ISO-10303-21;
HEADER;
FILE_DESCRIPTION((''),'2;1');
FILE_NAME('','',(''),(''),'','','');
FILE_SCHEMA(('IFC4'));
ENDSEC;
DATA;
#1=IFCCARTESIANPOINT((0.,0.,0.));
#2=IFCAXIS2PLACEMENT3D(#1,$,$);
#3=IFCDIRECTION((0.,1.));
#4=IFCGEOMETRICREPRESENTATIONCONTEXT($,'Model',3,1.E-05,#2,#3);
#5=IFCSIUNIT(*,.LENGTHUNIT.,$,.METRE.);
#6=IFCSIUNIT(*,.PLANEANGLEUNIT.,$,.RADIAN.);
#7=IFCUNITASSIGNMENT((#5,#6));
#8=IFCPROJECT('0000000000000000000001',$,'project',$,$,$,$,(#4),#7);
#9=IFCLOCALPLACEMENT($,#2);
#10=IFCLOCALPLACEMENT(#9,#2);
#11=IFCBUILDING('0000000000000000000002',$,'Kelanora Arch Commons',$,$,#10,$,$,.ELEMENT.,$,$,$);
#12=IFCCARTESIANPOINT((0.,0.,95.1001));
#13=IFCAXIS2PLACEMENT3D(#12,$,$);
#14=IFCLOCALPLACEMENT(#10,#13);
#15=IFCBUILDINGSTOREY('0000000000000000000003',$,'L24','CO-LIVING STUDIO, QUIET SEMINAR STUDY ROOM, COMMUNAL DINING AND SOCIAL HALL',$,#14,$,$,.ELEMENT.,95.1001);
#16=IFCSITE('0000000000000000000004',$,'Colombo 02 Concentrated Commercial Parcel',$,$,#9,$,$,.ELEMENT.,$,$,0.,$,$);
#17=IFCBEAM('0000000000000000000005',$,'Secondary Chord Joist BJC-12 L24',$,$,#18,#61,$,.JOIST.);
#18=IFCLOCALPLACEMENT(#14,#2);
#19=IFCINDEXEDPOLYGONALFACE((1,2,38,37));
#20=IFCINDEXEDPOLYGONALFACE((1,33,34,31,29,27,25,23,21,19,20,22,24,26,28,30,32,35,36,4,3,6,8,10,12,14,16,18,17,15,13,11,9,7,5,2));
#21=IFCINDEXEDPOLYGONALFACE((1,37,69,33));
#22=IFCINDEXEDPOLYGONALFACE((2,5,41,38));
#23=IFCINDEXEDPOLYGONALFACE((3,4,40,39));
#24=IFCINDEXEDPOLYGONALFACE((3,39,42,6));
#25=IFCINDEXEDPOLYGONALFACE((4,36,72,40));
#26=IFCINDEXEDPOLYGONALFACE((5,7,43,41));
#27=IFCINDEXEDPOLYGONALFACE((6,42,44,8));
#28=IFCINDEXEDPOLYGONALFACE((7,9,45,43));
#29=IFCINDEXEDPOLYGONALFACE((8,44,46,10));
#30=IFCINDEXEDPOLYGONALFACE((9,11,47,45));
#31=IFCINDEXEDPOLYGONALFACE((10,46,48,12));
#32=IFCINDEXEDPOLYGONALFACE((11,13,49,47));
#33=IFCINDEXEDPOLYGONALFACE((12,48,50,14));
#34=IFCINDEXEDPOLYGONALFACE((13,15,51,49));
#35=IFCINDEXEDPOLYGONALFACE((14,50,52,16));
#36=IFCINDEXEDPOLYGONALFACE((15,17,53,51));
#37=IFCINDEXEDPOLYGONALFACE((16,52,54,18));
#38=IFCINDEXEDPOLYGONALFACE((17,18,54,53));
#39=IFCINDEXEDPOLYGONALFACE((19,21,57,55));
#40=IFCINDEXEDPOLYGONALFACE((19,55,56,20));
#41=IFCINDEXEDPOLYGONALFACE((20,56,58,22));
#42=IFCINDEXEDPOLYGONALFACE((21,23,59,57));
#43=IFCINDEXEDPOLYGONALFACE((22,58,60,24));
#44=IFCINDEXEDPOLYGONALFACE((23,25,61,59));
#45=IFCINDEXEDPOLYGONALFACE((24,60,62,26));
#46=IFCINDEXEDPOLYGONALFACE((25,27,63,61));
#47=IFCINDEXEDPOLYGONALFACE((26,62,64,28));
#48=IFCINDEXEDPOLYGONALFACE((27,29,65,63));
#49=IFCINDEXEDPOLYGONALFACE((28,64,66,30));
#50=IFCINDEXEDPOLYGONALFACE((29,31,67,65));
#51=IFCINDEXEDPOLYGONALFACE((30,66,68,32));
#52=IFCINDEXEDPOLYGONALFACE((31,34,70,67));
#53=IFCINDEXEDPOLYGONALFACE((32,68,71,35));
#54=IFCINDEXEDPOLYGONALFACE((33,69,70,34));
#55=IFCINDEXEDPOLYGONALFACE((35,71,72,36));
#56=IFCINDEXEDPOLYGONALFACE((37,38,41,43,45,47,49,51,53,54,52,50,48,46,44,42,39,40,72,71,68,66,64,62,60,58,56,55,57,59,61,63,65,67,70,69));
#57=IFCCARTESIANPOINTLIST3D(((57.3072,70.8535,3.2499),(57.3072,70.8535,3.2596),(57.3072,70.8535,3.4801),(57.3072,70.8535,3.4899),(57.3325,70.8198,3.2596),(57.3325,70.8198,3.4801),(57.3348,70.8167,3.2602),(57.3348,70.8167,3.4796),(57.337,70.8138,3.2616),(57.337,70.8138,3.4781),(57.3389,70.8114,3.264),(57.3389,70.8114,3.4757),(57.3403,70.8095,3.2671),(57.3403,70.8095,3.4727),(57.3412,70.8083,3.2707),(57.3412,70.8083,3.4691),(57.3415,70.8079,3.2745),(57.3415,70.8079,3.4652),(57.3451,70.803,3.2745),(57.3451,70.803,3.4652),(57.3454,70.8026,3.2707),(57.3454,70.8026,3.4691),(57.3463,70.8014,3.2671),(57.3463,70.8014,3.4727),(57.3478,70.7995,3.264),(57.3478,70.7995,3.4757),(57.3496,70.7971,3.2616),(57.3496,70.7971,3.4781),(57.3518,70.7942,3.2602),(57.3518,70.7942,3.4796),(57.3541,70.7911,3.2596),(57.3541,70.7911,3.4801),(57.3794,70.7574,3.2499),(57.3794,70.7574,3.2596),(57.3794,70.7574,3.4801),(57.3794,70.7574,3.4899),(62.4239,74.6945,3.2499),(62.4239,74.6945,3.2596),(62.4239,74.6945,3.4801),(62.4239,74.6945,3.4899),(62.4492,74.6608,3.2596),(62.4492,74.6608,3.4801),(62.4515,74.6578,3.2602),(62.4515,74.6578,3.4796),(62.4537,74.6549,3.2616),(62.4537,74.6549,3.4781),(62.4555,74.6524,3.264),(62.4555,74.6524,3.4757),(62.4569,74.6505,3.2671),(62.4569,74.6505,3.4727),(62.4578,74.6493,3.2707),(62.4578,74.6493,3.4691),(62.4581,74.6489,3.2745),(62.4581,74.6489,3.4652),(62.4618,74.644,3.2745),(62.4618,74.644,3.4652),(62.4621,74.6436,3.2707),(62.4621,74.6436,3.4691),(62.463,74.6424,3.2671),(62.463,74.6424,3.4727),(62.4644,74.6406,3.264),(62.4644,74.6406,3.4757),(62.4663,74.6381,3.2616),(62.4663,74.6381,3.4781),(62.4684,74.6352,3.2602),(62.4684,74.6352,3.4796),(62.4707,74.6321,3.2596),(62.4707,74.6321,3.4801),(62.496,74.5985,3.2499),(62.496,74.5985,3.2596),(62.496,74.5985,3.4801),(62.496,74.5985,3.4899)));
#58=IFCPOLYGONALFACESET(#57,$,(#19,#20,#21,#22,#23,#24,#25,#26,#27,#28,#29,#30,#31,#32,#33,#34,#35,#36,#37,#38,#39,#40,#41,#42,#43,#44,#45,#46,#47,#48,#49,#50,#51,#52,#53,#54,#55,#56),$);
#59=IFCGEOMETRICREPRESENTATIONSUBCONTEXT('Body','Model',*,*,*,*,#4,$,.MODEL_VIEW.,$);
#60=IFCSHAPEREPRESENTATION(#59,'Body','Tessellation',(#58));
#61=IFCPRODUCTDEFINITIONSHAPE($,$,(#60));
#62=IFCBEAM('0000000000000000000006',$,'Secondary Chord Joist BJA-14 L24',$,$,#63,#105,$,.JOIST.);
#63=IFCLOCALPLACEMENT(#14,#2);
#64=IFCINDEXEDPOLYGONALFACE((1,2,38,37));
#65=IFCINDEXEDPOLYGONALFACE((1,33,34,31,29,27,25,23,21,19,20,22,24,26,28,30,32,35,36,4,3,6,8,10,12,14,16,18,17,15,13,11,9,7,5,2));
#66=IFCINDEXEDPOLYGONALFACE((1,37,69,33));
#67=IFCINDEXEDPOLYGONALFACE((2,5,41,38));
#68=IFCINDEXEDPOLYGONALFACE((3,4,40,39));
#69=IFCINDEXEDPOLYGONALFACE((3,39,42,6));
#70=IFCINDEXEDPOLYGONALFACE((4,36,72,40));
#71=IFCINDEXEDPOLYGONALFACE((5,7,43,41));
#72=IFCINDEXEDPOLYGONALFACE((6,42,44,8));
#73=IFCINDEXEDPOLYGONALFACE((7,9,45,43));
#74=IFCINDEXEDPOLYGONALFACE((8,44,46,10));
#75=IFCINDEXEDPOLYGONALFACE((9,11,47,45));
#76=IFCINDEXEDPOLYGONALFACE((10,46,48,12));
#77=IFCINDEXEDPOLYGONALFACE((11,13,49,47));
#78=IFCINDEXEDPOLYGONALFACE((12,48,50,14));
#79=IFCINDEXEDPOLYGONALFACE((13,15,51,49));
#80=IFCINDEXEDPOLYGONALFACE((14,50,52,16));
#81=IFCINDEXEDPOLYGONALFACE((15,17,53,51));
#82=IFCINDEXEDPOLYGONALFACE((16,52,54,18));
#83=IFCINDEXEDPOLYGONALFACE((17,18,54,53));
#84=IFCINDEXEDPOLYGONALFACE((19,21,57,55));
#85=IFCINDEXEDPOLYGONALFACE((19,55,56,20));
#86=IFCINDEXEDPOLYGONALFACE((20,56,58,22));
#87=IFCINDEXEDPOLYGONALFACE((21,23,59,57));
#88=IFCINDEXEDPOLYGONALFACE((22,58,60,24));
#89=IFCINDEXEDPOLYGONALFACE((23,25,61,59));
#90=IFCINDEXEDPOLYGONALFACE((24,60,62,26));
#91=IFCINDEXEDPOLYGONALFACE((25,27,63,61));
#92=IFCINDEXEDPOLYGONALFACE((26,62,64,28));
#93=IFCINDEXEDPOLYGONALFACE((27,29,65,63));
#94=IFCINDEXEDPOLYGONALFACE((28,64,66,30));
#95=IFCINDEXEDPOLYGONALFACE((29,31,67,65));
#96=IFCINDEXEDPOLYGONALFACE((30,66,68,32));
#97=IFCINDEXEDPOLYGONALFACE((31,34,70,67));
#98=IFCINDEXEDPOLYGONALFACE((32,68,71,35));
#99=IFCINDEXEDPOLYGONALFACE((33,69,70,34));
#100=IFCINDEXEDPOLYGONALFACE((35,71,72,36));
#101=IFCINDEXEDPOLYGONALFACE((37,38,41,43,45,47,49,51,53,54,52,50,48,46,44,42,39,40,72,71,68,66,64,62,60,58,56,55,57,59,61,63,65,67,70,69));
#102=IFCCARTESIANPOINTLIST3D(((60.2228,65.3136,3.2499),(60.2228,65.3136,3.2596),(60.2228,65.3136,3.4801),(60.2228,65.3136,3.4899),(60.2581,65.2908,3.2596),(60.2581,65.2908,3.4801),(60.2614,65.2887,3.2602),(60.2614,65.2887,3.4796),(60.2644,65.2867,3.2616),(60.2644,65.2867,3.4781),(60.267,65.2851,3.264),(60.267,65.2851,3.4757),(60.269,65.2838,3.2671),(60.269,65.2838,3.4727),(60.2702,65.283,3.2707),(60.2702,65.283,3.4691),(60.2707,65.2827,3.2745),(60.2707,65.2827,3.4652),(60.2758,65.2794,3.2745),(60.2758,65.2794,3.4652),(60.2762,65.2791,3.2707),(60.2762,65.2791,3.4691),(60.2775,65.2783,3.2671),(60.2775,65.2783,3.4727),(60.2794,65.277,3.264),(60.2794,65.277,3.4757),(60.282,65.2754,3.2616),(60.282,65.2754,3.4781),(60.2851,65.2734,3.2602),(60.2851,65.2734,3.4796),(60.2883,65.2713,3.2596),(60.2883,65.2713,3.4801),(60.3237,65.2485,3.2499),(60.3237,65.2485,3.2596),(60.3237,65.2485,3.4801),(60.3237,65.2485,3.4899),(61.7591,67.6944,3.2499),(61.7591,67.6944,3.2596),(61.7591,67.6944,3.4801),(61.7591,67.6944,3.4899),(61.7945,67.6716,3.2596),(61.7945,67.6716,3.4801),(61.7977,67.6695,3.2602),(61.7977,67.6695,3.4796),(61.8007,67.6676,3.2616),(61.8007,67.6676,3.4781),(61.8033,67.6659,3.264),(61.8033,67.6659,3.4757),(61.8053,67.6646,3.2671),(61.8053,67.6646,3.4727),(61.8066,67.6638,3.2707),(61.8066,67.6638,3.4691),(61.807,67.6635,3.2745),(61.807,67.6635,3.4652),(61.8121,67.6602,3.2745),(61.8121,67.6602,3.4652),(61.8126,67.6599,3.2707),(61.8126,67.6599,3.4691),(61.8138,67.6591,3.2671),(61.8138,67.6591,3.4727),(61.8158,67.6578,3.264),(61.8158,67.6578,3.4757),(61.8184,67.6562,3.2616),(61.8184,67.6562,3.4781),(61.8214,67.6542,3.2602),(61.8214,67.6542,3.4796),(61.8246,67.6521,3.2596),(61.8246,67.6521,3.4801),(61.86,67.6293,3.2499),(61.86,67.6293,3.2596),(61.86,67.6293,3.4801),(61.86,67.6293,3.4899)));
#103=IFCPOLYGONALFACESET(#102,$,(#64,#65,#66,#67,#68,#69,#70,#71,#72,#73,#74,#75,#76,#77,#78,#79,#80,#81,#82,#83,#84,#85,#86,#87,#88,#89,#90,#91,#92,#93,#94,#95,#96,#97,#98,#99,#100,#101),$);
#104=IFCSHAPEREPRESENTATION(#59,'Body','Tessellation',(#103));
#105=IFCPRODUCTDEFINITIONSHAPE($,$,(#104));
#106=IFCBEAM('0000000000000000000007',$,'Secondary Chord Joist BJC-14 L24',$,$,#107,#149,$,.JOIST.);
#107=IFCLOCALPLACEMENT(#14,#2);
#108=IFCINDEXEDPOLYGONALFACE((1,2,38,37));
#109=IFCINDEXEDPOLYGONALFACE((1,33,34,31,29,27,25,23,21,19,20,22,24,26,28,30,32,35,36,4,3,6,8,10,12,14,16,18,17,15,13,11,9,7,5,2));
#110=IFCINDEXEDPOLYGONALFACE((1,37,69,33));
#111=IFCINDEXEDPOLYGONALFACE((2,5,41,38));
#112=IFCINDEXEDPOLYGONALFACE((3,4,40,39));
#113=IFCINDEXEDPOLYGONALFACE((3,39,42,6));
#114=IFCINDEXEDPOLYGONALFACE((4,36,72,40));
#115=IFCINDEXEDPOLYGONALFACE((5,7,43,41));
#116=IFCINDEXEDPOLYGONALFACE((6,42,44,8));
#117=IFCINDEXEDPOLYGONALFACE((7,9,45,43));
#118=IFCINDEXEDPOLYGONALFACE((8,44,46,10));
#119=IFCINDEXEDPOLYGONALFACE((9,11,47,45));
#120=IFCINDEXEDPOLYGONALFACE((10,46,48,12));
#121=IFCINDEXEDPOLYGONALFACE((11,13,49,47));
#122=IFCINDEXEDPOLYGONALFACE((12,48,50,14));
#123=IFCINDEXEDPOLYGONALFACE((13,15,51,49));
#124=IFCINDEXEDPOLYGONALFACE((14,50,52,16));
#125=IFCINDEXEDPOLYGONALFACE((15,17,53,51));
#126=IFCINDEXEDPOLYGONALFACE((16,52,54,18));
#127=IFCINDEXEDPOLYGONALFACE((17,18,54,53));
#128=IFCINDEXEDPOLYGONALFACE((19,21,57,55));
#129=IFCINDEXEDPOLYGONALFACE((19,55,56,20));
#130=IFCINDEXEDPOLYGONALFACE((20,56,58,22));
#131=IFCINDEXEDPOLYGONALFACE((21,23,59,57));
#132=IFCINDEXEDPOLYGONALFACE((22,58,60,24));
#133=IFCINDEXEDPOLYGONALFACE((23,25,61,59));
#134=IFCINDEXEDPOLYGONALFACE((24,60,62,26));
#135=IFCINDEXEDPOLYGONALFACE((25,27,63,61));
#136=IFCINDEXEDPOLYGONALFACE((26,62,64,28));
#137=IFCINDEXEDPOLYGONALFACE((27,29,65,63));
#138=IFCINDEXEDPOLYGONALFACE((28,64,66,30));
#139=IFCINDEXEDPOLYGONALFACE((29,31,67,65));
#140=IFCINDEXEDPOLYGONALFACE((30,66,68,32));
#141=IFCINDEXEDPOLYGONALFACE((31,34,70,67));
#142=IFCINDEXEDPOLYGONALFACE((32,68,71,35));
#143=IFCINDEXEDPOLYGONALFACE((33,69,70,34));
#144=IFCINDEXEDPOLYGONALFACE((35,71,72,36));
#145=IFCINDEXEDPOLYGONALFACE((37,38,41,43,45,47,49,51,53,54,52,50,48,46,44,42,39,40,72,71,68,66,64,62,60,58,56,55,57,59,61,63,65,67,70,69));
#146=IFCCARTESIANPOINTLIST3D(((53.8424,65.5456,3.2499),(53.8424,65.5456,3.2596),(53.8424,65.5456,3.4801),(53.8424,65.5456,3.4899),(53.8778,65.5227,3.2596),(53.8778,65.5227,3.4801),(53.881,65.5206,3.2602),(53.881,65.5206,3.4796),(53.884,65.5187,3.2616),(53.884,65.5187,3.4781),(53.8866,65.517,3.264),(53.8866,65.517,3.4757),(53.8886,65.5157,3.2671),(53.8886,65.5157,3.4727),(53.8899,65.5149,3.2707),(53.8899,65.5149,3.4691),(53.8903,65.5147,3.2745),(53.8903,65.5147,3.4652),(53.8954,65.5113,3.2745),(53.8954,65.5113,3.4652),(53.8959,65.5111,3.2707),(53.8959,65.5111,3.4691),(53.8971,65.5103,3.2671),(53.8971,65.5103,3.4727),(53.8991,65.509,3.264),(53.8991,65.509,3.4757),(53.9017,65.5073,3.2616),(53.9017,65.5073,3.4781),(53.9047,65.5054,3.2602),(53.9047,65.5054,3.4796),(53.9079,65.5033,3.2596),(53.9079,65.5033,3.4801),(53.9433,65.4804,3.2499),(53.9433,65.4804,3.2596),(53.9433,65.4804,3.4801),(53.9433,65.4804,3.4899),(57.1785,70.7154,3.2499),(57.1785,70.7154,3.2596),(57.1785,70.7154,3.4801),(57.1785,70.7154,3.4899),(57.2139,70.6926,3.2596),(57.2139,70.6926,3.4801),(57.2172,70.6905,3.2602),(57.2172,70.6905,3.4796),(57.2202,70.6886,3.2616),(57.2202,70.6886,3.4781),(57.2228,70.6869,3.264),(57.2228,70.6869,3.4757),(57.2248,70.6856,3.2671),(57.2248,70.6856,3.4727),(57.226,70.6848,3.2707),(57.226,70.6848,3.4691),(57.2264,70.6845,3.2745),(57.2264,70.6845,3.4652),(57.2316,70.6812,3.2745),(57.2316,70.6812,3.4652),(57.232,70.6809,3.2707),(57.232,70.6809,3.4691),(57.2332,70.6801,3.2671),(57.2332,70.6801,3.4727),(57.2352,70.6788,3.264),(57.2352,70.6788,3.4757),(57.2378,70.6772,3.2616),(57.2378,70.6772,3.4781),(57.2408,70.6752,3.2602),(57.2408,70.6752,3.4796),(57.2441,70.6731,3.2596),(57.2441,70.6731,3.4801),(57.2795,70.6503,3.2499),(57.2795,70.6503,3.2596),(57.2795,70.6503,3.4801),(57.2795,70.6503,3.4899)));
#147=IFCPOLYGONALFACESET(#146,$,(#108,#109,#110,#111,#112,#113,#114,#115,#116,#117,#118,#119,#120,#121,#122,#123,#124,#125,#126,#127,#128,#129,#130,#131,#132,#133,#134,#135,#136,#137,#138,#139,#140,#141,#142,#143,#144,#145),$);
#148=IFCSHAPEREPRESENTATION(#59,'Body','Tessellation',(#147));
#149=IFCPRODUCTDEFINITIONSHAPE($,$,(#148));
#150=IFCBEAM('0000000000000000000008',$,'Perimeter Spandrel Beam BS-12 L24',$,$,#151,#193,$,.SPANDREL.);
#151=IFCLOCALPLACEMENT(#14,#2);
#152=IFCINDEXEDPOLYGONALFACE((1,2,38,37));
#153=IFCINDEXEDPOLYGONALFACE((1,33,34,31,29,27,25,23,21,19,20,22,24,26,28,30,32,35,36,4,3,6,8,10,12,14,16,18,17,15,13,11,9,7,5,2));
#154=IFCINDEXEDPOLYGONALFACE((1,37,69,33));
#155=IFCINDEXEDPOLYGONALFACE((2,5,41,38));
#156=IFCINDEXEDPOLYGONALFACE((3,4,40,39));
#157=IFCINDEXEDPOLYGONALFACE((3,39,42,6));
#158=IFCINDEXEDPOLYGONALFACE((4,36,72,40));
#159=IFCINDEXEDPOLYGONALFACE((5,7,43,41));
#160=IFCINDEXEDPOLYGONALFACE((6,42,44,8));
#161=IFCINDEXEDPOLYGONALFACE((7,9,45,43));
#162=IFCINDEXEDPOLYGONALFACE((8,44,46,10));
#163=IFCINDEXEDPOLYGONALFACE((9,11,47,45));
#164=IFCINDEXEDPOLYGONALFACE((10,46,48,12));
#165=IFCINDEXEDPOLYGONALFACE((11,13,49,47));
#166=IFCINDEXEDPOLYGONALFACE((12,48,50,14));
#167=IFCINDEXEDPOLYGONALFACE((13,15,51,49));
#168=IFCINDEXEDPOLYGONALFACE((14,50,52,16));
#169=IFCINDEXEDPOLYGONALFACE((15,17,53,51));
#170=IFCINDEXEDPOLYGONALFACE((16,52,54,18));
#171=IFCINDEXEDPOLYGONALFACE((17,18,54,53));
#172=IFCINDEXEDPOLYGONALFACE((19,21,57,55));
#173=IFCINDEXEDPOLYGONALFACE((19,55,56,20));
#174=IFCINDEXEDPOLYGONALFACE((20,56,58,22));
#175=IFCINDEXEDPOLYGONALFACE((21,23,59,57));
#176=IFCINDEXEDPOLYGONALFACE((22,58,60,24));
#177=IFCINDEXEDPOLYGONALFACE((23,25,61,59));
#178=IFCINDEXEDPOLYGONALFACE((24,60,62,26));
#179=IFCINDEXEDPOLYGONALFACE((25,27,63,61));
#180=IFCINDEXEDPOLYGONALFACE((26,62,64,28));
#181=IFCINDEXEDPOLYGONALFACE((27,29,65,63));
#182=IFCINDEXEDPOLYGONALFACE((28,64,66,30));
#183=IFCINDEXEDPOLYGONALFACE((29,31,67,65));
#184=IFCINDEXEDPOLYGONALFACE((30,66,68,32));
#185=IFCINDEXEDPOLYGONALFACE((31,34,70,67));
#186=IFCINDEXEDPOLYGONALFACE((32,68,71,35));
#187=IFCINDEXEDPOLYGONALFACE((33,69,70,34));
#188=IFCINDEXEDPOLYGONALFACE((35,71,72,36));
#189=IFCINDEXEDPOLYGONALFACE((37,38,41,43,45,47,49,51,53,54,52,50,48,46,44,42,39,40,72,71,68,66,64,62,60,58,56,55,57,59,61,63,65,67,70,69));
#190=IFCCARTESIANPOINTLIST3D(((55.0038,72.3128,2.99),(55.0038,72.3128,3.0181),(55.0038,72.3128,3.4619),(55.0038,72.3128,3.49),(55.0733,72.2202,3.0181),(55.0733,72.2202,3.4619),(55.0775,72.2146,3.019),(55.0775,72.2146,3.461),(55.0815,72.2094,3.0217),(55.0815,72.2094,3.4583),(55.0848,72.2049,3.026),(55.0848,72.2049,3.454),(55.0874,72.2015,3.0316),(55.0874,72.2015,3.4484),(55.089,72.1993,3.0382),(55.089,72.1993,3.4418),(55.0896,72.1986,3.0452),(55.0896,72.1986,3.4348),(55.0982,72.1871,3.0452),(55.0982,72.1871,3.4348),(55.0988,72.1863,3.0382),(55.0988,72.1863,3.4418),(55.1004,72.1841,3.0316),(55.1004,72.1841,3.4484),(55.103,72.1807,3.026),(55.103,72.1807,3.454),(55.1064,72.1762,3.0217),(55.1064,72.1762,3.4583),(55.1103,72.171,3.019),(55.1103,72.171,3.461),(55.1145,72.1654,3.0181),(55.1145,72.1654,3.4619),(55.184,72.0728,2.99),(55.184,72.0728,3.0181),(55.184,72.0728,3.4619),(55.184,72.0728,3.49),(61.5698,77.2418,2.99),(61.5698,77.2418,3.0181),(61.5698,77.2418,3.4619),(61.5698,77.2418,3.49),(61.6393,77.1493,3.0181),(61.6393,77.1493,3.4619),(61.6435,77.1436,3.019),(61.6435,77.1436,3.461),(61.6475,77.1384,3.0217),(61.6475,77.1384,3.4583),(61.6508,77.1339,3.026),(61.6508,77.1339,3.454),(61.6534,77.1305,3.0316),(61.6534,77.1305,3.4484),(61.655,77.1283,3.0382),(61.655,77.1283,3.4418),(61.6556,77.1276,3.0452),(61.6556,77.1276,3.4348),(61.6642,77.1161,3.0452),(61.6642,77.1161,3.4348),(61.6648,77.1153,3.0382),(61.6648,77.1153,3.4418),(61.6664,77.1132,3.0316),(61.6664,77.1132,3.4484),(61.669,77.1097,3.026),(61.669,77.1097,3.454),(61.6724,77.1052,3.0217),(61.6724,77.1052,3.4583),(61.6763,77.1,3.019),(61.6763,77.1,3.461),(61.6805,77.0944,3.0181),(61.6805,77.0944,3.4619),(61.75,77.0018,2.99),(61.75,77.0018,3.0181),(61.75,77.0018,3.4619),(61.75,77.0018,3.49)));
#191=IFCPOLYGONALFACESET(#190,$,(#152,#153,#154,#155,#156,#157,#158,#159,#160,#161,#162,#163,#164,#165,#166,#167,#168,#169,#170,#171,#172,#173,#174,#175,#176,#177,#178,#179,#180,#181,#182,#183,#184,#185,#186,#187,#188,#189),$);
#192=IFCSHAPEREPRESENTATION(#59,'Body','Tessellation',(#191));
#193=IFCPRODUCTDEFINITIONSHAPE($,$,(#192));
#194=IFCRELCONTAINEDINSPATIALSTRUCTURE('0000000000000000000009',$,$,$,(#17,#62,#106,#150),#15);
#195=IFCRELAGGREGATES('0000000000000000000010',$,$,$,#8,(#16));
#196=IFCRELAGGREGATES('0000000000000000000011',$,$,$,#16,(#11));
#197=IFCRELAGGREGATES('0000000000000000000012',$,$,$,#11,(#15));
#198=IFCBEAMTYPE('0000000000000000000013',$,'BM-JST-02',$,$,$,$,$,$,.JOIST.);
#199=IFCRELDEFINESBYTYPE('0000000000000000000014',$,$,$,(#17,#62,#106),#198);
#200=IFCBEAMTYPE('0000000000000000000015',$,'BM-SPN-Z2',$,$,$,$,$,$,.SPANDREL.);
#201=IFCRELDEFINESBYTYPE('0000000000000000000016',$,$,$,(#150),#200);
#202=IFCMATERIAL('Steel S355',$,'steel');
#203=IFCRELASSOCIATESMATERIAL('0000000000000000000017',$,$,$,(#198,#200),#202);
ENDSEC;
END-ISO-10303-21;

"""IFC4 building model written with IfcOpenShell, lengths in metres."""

from ifc_helpers import new_model, si_unit, direction, frame, origin, origin_2d, place, context, subcontext, project, spatial, i_section, extrude, material, material_profile, profile_set, type_object, element, save


model = new_model("IFC4")

# Units and contexts
model_context = context("Model", 3, precision=1e-05, world=origin(), true_north=direction((0.0, 1.0)))
body_context = subcontext(model_context, "Body", "Model", "MODEL_VIEW")
ifc_project = project(units=[si_unit("LENGTHUNIT", "METRE"), si_unit("PLANEANGLEUNIT", "RADIAN")], contexts=[model_context])

# Site, building, storey
site_placement = place(None, origin())
site = spatial("IfcSite", under=ifc_project, at=site_placement, Name="Colombo 02 Concentrated Commercial Parcel", CompositionType="ELEMENT", RefElevation=0.0)
building_placement = place(site_placement, origin())
building = spatial("IfcBuilding", under=site, at=building_placement, Name="Kelanora Arch Commons", CompositionType="ELEMENT")
storey_placement = place(building_placement, frame((0.0, 0.0, 95.1001)))
storey = spatial("IfcBuildingStorey", under=building, at=storey_placement, Name="L24", Description="CO-LIVING STUDIO, QUIET SEMINAR STUDY ROOM, COMMUNAL DINING AND SOCIAL HALL", CompositionType="ELEMENT", Elevation=95.1001)

# Beams
ifc_material_1 = material(Name="Steel S355", Category="steel")
ifc_material_profile_1 = material_profile(ifc_material_1, i_section(OverallWidth=0.1201, OverallDepth=0.24, WebThickness=0.0061, FlangeThickness=0.0098, FilletRadius=0.0149, at=origin_2d()), Name="IPE240")
ifc_profile_set_1 = profile_set([ifc_material_profile_1], Name="Steel S355")
beam_type_1 = type_object("IfcBeamType", Name="BM-JST-02", PredefinedType="JOIST", material=ifc_profile_set_1)
beam_1_placement = place(storey_placement, frame((62.46, 74.6465, 3.3699), z_axis=(-0.799734, -0.600354, 0.0), x_axis=(0.600354, -0.799734, 0.0)))
element("IfcBeam", 1, at=beam_1_placement, inside=storey, type_object=beam_type_1, Name="Secondary Chord Joist BJC-12 L24", PredefinedType="JOIST", context=body_context, shape_type="SweptSolid", body=[
    extrude(i_section(OverallWidth=0.1201, OverallDepth=0.24, WebThickness=0.0061, FlangeThickness=0.0098, FilletRadius=0.0149, at=origin_2d()), origin(), (0.0, 0.0, 1.0), 6.3979),
])
beam_2_placement = place(storey_placement, frame((61.8096, 67.6619, 3.3699), z_axis=(-0.542211, -0.840242, 0.0), x_axis=(0.840242, -0.542211, 0.0)))
element("IfcBeam", 2, at=beam_2_placement, inside=storey, type_object=beam_type_1, Name="Secondary Chord Joist BJA-14 L24", PredefinedType="JOIST", context=body_context, shape_type="SweptSolid", body=[
    extrude(i_section(OverallWidth=0.1201, OverallDepth=0.24, WebThickness=0.0061, FlangeThickness=0.0098, FilletRadius=0.0149, at=origin_2d()), origin(), (0.0, 0.0, 1.0), 2.8335),
])
beam_3_placement = place(storey_placement, frame((57.229, 70.6829, 3.3699), z_axis=(-0.542213, -0.840241, 0.0), x_axis=(0.840241, -0.542213, 0.0)))
element("IfcBeam", 3, at=beam_3_placement, inside=storey, type_object=beam_type_1, Name="Secondary Chord Joist BJC-14 L24", PredefinedType="JOIST", context=body_context, shape_type="SweptSolid", body=[
    extrude(i_section(OverallWidth=0.1201, OverallDepth=0.24, WebThickness=0.0061, FlangeThickness=0.0098, FilletRadius=0.0149, at=origin_2d()), origin(), (0.0, 0.0, 1.0), 6.1528),
])
ifc_material_profile_2 = material_profile(ifc_material_1, i_section(OverallWidth=0.3, OverallDepth=0.5, WebThickness=0.0144, FlangeThickness=0.0281, FilletRadius=0.0271, at=origin_2d()), Name="HEB500")
ifc_profile_set_2 = profile_set([ifc_material_profile_2], Name="Steel S355")
beam_type_2 = type_object("IfcBeamType", Name="BM-SPN-Z2", PredefinedType="SPANDREL", material=ifc_profile_set_2)
beam_4_placement = place(storey_placement, frame((61.6599, 77.1218, 3.24), z_axis=(-0.799736, -0.600352, 0.0), x_axis=(0.600352, -0.799736, 0.0)))
element("IfcBeam", 4, at=beam_4_placement, inside=storey, type_object=beam_type_2, Name="Perimeter Spandrel Beam BS-12 L24", PredefinedType="SPANDREL", context=body_context, shape_type="SweptSolid", body=[
    extrude(i_section(OverallWidth=0.3, OverallDepth=0.5, WebThickness=0.0144, FlangeThickness=0.0281, FilletRadius=0.0271, at=origin_2d()), origin(), (0.0, 0.0, 1.0), 8.2102),
])

save(model, "model.ifc")
